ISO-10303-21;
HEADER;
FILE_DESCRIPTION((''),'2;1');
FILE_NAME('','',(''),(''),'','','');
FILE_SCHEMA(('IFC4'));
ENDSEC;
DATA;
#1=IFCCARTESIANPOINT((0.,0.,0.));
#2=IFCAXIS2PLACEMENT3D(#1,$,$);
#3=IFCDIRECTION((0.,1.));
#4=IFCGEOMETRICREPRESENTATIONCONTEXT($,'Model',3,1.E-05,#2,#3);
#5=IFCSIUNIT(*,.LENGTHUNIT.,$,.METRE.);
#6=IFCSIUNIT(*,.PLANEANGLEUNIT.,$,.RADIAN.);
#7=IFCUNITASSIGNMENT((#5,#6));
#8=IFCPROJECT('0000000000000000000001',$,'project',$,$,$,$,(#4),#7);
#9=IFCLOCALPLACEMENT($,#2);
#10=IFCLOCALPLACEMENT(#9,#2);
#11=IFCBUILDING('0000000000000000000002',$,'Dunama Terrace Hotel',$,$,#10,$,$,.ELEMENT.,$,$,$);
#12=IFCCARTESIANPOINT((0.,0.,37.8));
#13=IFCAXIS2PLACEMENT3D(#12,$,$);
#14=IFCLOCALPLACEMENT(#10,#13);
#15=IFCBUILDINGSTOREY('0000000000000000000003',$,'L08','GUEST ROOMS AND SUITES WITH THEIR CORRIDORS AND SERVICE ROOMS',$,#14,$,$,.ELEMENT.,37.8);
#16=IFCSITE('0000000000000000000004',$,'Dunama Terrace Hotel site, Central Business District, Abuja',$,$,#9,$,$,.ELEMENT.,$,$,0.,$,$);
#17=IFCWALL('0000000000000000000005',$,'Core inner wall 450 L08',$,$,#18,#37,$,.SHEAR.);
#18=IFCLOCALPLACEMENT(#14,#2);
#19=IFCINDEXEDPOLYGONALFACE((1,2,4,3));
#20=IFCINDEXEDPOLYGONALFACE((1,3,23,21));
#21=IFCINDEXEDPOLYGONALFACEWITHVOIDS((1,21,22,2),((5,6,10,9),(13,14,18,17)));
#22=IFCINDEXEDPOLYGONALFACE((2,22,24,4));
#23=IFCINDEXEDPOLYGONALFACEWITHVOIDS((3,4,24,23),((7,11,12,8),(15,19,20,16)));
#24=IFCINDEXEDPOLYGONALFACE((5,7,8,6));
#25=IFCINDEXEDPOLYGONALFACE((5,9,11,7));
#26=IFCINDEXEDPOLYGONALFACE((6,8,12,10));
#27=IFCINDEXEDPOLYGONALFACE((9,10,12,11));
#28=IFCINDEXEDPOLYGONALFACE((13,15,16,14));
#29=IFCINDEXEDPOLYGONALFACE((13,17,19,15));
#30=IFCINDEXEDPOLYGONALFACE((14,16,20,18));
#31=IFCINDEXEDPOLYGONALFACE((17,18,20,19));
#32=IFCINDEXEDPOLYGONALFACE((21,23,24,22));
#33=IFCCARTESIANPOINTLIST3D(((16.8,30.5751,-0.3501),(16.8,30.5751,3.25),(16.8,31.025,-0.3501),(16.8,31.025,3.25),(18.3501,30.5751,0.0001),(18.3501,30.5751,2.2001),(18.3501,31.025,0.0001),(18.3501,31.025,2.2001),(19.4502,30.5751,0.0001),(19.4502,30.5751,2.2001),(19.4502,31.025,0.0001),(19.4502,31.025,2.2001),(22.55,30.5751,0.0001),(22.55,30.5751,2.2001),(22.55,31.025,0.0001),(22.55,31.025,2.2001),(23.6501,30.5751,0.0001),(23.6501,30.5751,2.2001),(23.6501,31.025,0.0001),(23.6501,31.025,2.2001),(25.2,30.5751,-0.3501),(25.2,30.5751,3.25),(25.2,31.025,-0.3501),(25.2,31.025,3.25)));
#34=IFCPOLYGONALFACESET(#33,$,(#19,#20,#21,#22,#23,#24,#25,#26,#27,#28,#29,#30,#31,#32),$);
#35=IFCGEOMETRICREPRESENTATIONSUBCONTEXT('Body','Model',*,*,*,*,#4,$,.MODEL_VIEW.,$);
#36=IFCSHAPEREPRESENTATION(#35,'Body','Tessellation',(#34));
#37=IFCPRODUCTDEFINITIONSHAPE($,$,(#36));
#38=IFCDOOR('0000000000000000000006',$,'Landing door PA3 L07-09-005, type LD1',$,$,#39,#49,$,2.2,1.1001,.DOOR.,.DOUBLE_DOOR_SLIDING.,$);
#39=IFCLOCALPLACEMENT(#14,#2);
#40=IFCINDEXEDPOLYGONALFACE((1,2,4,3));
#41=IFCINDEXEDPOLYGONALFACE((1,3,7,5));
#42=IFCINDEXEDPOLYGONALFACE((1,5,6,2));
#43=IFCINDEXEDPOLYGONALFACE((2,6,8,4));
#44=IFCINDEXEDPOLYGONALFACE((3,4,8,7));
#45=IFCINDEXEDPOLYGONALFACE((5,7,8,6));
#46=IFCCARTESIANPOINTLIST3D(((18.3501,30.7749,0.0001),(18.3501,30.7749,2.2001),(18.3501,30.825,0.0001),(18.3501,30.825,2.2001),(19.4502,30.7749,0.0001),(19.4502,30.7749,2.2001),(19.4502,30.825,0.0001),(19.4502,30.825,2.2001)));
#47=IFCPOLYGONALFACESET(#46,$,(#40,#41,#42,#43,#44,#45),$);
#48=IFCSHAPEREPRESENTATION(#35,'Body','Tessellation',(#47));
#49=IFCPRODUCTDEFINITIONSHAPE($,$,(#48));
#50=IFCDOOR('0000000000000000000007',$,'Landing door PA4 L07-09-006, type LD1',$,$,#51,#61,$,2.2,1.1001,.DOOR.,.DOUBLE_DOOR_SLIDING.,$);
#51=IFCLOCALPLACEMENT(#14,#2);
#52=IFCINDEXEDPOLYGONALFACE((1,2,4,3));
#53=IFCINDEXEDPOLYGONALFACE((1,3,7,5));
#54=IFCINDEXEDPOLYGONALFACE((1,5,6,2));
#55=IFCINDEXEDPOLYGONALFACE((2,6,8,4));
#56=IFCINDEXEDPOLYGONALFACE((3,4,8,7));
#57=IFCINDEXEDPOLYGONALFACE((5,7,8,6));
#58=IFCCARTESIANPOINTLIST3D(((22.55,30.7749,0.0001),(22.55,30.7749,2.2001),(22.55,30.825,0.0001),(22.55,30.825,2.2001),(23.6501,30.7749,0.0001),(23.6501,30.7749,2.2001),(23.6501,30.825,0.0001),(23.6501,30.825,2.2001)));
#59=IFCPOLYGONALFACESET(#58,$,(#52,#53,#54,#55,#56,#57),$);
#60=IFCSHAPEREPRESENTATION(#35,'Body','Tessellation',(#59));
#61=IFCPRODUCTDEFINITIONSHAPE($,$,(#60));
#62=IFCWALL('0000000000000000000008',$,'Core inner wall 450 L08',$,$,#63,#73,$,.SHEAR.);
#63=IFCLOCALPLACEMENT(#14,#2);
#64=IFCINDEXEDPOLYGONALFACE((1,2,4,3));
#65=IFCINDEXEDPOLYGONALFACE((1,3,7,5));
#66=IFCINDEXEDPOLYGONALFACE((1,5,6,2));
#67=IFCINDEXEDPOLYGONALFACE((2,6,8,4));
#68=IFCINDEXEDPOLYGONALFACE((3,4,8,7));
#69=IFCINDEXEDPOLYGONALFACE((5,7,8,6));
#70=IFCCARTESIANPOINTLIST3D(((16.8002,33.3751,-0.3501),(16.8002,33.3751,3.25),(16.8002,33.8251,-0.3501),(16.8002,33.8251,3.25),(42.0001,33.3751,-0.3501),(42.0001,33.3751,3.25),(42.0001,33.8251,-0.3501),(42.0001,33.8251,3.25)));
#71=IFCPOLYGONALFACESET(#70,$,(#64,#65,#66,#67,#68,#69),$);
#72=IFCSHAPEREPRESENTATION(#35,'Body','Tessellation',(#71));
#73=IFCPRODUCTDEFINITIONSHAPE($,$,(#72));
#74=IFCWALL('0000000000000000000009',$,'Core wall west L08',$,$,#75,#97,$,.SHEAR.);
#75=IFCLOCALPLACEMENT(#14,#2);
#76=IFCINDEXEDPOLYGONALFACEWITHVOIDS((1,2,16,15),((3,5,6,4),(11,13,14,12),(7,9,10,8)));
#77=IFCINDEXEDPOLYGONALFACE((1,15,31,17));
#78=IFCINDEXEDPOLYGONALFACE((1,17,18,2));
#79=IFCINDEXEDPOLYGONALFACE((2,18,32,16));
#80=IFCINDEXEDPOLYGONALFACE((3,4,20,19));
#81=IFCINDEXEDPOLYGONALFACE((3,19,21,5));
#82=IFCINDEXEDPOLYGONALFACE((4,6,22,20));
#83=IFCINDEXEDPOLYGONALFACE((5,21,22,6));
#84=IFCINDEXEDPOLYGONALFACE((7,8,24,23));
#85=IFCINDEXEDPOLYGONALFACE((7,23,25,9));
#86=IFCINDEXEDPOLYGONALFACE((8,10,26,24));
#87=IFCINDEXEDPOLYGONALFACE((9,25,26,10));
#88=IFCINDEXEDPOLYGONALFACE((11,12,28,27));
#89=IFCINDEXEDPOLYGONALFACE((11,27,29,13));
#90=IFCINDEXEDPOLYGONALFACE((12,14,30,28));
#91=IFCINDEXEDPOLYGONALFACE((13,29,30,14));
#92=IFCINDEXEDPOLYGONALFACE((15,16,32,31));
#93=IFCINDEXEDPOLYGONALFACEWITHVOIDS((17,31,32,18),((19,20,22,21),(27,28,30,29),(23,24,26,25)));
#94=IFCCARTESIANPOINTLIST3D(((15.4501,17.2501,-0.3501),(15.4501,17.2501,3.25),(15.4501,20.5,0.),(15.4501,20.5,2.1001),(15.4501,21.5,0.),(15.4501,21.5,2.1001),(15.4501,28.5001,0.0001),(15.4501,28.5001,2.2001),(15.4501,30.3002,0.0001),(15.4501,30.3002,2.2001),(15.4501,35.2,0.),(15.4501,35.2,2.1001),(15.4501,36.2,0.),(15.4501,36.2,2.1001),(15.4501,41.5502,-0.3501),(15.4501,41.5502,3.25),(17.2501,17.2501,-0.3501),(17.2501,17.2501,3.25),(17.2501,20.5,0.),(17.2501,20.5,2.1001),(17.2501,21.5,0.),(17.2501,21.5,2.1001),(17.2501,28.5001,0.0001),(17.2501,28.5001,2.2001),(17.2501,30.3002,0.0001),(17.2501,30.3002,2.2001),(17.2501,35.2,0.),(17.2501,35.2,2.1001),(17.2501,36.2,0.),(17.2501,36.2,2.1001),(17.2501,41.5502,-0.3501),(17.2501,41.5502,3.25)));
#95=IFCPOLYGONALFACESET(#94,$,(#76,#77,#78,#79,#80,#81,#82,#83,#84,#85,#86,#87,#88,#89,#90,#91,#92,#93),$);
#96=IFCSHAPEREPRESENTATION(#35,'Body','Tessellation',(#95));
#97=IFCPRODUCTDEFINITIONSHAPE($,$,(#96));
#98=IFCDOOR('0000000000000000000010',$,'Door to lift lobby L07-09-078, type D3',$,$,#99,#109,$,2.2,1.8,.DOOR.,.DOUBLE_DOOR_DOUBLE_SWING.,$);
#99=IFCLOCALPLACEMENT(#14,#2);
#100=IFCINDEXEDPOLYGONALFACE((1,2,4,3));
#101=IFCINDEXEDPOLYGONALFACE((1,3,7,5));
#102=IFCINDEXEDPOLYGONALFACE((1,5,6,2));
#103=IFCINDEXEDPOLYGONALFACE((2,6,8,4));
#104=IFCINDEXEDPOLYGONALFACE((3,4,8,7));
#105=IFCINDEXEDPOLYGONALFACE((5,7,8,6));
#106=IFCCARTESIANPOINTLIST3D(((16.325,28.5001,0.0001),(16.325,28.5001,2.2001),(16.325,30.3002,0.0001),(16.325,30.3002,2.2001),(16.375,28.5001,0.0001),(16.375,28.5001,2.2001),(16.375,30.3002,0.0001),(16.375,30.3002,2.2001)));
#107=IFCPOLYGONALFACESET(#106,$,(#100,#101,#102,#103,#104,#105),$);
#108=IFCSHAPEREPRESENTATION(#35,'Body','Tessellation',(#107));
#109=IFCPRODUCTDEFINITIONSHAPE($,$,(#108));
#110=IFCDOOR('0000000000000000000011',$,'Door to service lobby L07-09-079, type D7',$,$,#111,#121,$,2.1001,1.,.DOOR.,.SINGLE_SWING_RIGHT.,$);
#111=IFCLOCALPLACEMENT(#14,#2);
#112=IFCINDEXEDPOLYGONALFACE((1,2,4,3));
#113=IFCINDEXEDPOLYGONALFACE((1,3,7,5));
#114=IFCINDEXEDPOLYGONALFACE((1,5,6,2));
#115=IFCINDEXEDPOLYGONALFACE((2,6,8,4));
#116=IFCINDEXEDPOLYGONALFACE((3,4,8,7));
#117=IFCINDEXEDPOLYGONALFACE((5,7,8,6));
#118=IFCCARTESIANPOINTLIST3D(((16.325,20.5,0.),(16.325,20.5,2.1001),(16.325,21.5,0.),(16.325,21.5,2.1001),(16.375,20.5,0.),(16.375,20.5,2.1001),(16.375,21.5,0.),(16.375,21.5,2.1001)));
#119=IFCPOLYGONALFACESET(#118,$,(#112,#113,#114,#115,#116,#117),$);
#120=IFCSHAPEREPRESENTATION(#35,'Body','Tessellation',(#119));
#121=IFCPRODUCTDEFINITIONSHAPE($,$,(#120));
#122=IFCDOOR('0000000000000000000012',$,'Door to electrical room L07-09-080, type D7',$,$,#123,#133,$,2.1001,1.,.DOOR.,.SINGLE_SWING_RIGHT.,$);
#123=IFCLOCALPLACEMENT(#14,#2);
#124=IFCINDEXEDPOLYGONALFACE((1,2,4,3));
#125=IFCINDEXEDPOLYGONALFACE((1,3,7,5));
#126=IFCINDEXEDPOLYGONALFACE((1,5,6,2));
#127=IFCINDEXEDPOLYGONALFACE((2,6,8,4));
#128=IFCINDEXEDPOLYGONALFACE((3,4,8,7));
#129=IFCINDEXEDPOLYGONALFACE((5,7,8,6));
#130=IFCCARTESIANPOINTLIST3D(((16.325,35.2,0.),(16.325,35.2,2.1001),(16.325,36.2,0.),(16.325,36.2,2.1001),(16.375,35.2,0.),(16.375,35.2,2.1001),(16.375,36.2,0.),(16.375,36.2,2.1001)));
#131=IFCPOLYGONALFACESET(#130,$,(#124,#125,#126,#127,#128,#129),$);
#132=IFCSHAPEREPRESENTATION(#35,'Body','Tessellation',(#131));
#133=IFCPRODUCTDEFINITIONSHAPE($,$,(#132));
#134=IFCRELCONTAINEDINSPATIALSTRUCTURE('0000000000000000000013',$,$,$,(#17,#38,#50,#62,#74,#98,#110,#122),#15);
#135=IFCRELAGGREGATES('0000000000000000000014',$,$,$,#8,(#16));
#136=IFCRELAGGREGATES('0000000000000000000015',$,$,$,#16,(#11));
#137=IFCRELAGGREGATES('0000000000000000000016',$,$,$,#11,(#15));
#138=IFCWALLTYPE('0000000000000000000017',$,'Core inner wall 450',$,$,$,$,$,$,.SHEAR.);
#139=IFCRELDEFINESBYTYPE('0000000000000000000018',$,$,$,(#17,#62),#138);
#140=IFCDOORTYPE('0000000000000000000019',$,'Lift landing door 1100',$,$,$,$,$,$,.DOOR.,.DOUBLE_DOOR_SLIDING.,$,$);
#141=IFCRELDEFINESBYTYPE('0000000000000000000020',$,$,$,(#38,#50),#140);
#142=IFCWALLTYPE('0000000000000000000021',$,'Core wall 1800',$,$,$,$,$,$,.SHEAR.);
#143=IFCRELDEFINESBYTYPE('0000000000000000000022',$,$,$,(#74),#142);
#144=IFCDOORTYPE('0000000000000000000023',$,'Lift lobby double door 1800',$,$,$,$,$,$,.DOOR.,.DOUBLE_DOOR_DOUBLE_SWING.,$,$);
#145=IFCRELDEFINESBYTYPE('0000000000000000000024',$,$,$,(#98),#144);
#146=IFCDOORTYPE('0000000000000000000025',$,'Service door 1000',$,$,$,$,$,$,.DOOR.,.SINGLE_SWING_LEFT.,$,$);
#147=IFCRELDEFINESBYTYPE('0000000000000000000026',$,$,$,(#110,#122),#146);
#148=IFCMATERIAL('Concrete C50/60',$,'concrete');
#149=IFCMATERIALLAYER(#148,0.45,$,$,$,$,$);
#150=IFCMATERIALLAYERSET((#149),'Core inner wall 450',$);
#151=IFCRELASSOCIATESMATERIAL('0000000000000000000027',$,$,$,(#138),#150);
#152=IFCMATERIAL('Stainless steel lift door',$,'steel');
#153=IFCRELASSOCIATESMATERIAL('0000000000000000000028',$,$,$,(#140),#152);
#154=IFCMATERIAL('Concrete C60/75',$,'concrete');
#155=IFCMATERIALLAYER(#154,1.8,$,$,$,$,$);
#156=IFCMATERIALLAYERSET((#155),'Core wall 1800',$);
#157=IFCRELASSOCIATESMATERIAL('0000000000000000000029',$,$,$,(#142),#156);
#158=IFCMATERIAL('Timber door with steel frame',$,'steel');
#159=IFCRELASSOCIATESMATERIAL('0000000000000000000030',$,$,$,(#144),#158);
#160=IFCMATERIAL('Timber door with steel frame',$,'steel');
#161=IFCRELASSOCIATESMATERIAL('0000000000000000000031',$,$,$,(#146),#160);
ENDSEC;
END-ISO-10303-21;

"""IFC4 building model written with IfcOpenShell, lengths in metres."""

from ifc_helpers import new_model, si_unit, direction, frame, frame_2d, origin, place, context, subcontext, project, spatial, rectangle, extrude, material, layer, layer_set, type_object, element, fill, save


model = new_model("IFC4")

# Units and contexts
model_context = context("Model", 3, precision=1e-05, world=origin(), true_north=direction((0.0, 1.0)))
body_context = subcontext(model_context, "Body", "Model", "MODEL_VIEW")
ifc_project = project(units=[si_unit("LENGTHUNIT", "METRE"), si_unit("PLANEANGLEUNIT", "RADIAN")], contexts=[model_context])

# Site, building, storey
site_placement = place(None, origin())
site = spatial("IfcSite", under=ifc_project, at=site_placement, Name="Dunama Terrace Hotel site, Central Business District, Abuja", CompositionType="ELEMENT", RefElevation=0.0)
building_placement = place(site_placement, origin())
building = spatial("IfcBuilding", under=site, at=building_placement, Name="Dunama Terrace Hotel", CompositionType="ELEMENT")
storey_placement = place(building_placement, frame((0.0, 0.0, 37.8)))
storey = spatial("IfcBuildingStorey", under=building, at=storey_placement, Name="L08", Description="GUEST ROOMS AND SUITES WITH THEIR CORRIDORS AND SERVICE ROOMS", CompositionType="ELEMENT", Elevation=37.8)

# Wall, openings, doors
ifc_material_1 = material(Name="Concrete C50/60", Category="concrete")
ifc_layer_1 = layer(ifc_material_1, 0.45)
ifc_layer_set_1 = layer_set([ifc_layer_1], Name="Core inner wall 450")
wall_type_1 = type_object("IfcWallType", Name="Core inner wall 450", PredefinedType="SHEAR", material=ifc_layer_set_1)
ifc_material_2 = material(Name="Stainless steel lift door", Category="steel")
door_type_1 = type_object("IfcDoorType", Name="Lift landing door 1100", OperationType="DOUBLE_DOOR_SLIDING", PredefinedType="DOOR", material=ifc_material_2)
wall_1_placement = place(storey_placement, frame((16.8, 30.8, -0.3501), z_axis=(0.0, 0.0, 1.0), x_axis=(1.0, 0.0, 0.0)))
wall_1 = element("IfcWall", 1, at=wall_1_placement, inside=storey, type_object=wall_type_1, Name="Core inner wall 450 L08", PredefinedType="SHEAR", context=body_context, shape_type="SweptSolid", body=[
    extrude(rectangle(XDim=8.3999, YDim=0.45, at=frame_2d((4.2, 0.0))), origin(), (0.0, 0.0, 1.0), 3.6001),
])
opening_1_placement = place(wall_1_placement, frame((1.55, 0.0, 0.3501)))
opening_1 = element("IfcOpeningElement", 2, at=opening_1_placement, cuts=wall_1, PredefinedType="OPENING", context=body_context, shape_type="SweptSolid", body=[
    extrude(rectangle(XDim=1.1001, YDim=2.2, at=frame_2d((0.55, 1.1001))), frame((0.0, 0.2349, 0.0), z_axis=(0.0, -1.0, 0.0), x_axis=(1.0, 0.0, 0.0)), (0.0, 0.0, 1.0), 0.47),
])
opening_2_placement = place(wall_1_placement, frame((5.75, 0.0, 0.3501)))
opening_2 = element("IfcOpeningElement", 3, at=opening_2_placement, cuts=wall_1, PredefinedType="OPENING", context=body_context, shape_type="SweptSolid", body=[
    extrude(rectangle(XDim=1.1001, YDim=2.2, at=frame_2d((0.55, 1.1001))), frame((0.0, 0.2349, 0.0), z_axis=(0.0, -1.0, 0.0), x_axis=(1.0, 0.0, 0.0)), (0.0, 0.0, 1.0), 0.47),
])
door_1_placement = place(opening_1_placement, origin())
door_1 = element("IfcDoor", 4, at=door_1_placement, inside=storey, type_object=door_type_1, Name="Landing door PA3 L07-09-005, type LD1", OperationType="DOUBLE_DOOR_SLIDING", OverallHeight=2.2, OverallWidth=1.1001, PredefinedType="DOOR", context=body_context, shape_type="SweptSolid", body=[
    extrude(rectangle(XDim=1.1001, YDim=2.2, at=frame_2d((0.55, 1.1001))), frame((0.0, 0.0249, 0.0), z_axis=(0.0, -1.0, 0.0), x_axis=(1.0, 0.0, 0.0)), (0.0, 0.0, 1.0), 0.05),
])
fill(opening_1, door_1)
door_2_placement = place(opening_2_placement, origin())
door_2 = element("IfcDoor", 5, at=door_2_placement, inside=storey, type_object=door_type_1, Name="Landing door PA4 L07-09-006, type LD1", OperationType="DOUBLE_DOOR_SLIDING", OverallHeight=2.2, OverallWidth=1.1001, PredefinedType="DOOR", context=body_context, shape_type="SweptSolid", body=[
    extrude(rectangle(XDim=1.1001, YDim=2.2, at=frame_2d((0.55, 1.1001))), frame((0.0, 0.0249, 0.0), z_axis=(0.0, -1.0, 0.0), x_axis=(1.0, 0.0, 0.0)), (0.0, 0.0, 1.0), 0.05),
])
fill(opening_2, door_2)

# Wall
wall_2_placement = place(storey_placement, frame((16.8, 33.6001, -0.3501), z_axis=(0.0, 0.0, 1.0), x_axis=(1.0, 0.0, 0.0)))
element("IfcWall", 6, at=wall_2_placement, inside=storey, type_object=wall_type_1, Name="Core inner wall 450 L08", PredefinedType="SHEAR", context=body_context, shape_type="SweptSolid", body=[
    extrude(rectangle(XDim=25.2, YDim=0.45, at=frame_2d((12.6001, 0.0))), origin(), (0.0, 0.0, 1.0), 3.6001),
])

# Wall, openings, doors
ifc_material_3 = material(Name="Concrete C60/75", Category="concrete")
ifc_layer_2 = layer(ifc_material_3, 1.8)
ifc_layer_set_2 = layer_set([ifc_layer_2], Name="Core wall 1800")
wall_type_2 = type_object("IfcWallType", Name="Core wall 1800", PredefinedType="SHEAR", material=ifc_layer_set_2)
wall_3_placement = place(storey_placement, frame((16.3501, 41.55, -0.3501), z_axis=(0.0, 0.0, 1.0), x_axis=(0.0, -1.0, 0.0)))
wall_3 = element("IfcWall", 7, at=wall_3_placement, inside=storey, type_object=wall_type_2, Name="Core wall west L08", PredefinedType="SHEAR", context=body_context, shape_type="SweptSolid", body=[
    extrude(rectangle(XDim=24.3, YDim=1.8, at=frame_2d((12.1499, 0.0))), origin(), (0.0, 0.0, 1.0), 3.6001),
])
opening_3_placement = place(wall_3_placement, frame((11.25, 0.0, 0.3501)))
opening_3 = element("IfcOpeningElement", 8, at=opening_3_placement, cuts=wall_3, PredefinedType="OPENING", context=body_context, shape_type="SweptSolid", body=[
    extrude(rectangle(XDim=1.8, YDim=2.2, at=frame_2d((0.8999, 1.1001))), frame((0.0, 0.9099, 0.0), z_axis=(0.0, -1.0, 0.0), x_axis=(1.0, 0.0, 0.0)), (0.0, 0.0, 1.0), 1.8201),
])
opening_4_placement = place(wall_3_placement, frame((20.05, 0.0, 0.3501)))
opening_4 = element("IfcOpeningElement", 9, at=opening_4_placement, cuts=wall_3, PredefinedType="OPENING", context=body_context, shape_type="SweptSolid", body=[
    extrude(rectangle(XDim=1.0, YDim=2.1001, at=frame_2d((0.5, 1.05))), frame((0.0, 0.9099, 0.0), z_axis=(0.0, -1.0, 0.0), x_axis=(1.0, 0.0, 0.0)), (0.0, 0.0, 1.0), 1.8201),
])
opening_5_placement = place(wall_3_placement, frame((5.3501, 0.0, 0.3501)))
opening_5 = element("IfcOpeningElement", 10, at=opening_5_placement, cuts=wall_3, PredefinedType="OPENING", context=body_context, shape_type="SweptSolid", body=[
    extrude(rectangle(XDim=1.0, YDim=2.1001, at=frame_2d((0.5, 1.05))), frame((0.0, 0.9099, 0.0), z_axis=(0.0, -1.0, 0.0), x_axis=(1.0, 0.0, 0.0)), (0.0, 0.0, 1.0), 1.8201),
])
ifc_material_4 = material(Name="Timber door with steel frame", Category="steel")
door_type_2 = type_object("IfcDoorType", Name="Lift lobby double door 1800", OperationType="DOUBLE_DOOR_DOUBLE_SWING", PredefinedType="DOOR", material=ifc_material_4)
door_3_placement = place(opening_3_placement, origin())
door_3 = element("IfcDoor", 11, at=door_3_placement, inside=storey, type_object=door_type_2, Name="Door to lift lobby L07-09-078, type D3", OperationType="DOUBLE_DOOR_DOUBLE_SWING", OverallHeight=2.2, OverallWidth=1.8, PredefinedType="DOOR", context=body_context, shape_type="SweptSolid", body=[
    extrude(rectangle(XDim=1.8, YDim=2.2, at=frame_2d((0.8999, 1.1001))), frame((0.0, 0.0249, 0.0), z_axis=(0.0, -1.0, 0.0), x_axis=(1.0, 0.0, 0.0)), (0.0, 0.0, 1.0), 0.05),
])
fill(opening_3, door_3)
ifc_material_5 = material(Name="Timber door with steel frame", Category="steel")
door_type_3 = type_object("IfcDoorType", Name="Service door 1000", OperationType="SINGLE_SWING_LEFT", PredefinedType="DOOR", material=ifc_material_5)
door_4_placement = place(opening_4_placement, origin())
door_4 = element("IfcDoor", 12, at=door_4_placement, inside=storey, type_object=door_type_3, Name="Door to service lobby L07-09-079, type D7", OperationType="SINGLE_SWING_RIGHT", OverallHeight=2.1001, OverallWidth=1.0, PredefinedType="DOOR", context=body_context, shape_type="SweptSolid", body=[
    extrude(rectangle(XDim=1.0, YDim=2.1001, at=frame_2d((0.5, 1.05))), frame((0.0, 0.0249, 0.0), z_axis=(0.0, -1.0, 0.0), x_axis=(1.0, 0.0, 0.0)), (0.0, 0.0, 1.0), 0.05),
])
fill(opening_4, door_4)
door_5_placement = place(opening_5_placement, origin())
door_5 = element("IfcDoor", 13, at=door_5_placement, inside=storey, type_object=door_type_3, Name="Door to electrical room L07-09-080, type D7", OperationType="SINGLE_SWING_RIGHT", OverallHeight=2.1001, OverallWidth=1.0, PredefinedType="DOOR", context=body_context, shape_type="SweptSolid", body=[
    extrude(rectangle(XDim=1.0, YDim=2.1001, at=frame_2d((0.5, 1.05))), frame((0.0, 0.0249, 0.0), z_axis=(0.0, -1.0, 0.0), x_axis=(1.0, 0.0, 0.0)), (0.0, 0.0, 1.0), 0.05),
])
fill(opening_5, door_5)

save(model, "model.ifc")
